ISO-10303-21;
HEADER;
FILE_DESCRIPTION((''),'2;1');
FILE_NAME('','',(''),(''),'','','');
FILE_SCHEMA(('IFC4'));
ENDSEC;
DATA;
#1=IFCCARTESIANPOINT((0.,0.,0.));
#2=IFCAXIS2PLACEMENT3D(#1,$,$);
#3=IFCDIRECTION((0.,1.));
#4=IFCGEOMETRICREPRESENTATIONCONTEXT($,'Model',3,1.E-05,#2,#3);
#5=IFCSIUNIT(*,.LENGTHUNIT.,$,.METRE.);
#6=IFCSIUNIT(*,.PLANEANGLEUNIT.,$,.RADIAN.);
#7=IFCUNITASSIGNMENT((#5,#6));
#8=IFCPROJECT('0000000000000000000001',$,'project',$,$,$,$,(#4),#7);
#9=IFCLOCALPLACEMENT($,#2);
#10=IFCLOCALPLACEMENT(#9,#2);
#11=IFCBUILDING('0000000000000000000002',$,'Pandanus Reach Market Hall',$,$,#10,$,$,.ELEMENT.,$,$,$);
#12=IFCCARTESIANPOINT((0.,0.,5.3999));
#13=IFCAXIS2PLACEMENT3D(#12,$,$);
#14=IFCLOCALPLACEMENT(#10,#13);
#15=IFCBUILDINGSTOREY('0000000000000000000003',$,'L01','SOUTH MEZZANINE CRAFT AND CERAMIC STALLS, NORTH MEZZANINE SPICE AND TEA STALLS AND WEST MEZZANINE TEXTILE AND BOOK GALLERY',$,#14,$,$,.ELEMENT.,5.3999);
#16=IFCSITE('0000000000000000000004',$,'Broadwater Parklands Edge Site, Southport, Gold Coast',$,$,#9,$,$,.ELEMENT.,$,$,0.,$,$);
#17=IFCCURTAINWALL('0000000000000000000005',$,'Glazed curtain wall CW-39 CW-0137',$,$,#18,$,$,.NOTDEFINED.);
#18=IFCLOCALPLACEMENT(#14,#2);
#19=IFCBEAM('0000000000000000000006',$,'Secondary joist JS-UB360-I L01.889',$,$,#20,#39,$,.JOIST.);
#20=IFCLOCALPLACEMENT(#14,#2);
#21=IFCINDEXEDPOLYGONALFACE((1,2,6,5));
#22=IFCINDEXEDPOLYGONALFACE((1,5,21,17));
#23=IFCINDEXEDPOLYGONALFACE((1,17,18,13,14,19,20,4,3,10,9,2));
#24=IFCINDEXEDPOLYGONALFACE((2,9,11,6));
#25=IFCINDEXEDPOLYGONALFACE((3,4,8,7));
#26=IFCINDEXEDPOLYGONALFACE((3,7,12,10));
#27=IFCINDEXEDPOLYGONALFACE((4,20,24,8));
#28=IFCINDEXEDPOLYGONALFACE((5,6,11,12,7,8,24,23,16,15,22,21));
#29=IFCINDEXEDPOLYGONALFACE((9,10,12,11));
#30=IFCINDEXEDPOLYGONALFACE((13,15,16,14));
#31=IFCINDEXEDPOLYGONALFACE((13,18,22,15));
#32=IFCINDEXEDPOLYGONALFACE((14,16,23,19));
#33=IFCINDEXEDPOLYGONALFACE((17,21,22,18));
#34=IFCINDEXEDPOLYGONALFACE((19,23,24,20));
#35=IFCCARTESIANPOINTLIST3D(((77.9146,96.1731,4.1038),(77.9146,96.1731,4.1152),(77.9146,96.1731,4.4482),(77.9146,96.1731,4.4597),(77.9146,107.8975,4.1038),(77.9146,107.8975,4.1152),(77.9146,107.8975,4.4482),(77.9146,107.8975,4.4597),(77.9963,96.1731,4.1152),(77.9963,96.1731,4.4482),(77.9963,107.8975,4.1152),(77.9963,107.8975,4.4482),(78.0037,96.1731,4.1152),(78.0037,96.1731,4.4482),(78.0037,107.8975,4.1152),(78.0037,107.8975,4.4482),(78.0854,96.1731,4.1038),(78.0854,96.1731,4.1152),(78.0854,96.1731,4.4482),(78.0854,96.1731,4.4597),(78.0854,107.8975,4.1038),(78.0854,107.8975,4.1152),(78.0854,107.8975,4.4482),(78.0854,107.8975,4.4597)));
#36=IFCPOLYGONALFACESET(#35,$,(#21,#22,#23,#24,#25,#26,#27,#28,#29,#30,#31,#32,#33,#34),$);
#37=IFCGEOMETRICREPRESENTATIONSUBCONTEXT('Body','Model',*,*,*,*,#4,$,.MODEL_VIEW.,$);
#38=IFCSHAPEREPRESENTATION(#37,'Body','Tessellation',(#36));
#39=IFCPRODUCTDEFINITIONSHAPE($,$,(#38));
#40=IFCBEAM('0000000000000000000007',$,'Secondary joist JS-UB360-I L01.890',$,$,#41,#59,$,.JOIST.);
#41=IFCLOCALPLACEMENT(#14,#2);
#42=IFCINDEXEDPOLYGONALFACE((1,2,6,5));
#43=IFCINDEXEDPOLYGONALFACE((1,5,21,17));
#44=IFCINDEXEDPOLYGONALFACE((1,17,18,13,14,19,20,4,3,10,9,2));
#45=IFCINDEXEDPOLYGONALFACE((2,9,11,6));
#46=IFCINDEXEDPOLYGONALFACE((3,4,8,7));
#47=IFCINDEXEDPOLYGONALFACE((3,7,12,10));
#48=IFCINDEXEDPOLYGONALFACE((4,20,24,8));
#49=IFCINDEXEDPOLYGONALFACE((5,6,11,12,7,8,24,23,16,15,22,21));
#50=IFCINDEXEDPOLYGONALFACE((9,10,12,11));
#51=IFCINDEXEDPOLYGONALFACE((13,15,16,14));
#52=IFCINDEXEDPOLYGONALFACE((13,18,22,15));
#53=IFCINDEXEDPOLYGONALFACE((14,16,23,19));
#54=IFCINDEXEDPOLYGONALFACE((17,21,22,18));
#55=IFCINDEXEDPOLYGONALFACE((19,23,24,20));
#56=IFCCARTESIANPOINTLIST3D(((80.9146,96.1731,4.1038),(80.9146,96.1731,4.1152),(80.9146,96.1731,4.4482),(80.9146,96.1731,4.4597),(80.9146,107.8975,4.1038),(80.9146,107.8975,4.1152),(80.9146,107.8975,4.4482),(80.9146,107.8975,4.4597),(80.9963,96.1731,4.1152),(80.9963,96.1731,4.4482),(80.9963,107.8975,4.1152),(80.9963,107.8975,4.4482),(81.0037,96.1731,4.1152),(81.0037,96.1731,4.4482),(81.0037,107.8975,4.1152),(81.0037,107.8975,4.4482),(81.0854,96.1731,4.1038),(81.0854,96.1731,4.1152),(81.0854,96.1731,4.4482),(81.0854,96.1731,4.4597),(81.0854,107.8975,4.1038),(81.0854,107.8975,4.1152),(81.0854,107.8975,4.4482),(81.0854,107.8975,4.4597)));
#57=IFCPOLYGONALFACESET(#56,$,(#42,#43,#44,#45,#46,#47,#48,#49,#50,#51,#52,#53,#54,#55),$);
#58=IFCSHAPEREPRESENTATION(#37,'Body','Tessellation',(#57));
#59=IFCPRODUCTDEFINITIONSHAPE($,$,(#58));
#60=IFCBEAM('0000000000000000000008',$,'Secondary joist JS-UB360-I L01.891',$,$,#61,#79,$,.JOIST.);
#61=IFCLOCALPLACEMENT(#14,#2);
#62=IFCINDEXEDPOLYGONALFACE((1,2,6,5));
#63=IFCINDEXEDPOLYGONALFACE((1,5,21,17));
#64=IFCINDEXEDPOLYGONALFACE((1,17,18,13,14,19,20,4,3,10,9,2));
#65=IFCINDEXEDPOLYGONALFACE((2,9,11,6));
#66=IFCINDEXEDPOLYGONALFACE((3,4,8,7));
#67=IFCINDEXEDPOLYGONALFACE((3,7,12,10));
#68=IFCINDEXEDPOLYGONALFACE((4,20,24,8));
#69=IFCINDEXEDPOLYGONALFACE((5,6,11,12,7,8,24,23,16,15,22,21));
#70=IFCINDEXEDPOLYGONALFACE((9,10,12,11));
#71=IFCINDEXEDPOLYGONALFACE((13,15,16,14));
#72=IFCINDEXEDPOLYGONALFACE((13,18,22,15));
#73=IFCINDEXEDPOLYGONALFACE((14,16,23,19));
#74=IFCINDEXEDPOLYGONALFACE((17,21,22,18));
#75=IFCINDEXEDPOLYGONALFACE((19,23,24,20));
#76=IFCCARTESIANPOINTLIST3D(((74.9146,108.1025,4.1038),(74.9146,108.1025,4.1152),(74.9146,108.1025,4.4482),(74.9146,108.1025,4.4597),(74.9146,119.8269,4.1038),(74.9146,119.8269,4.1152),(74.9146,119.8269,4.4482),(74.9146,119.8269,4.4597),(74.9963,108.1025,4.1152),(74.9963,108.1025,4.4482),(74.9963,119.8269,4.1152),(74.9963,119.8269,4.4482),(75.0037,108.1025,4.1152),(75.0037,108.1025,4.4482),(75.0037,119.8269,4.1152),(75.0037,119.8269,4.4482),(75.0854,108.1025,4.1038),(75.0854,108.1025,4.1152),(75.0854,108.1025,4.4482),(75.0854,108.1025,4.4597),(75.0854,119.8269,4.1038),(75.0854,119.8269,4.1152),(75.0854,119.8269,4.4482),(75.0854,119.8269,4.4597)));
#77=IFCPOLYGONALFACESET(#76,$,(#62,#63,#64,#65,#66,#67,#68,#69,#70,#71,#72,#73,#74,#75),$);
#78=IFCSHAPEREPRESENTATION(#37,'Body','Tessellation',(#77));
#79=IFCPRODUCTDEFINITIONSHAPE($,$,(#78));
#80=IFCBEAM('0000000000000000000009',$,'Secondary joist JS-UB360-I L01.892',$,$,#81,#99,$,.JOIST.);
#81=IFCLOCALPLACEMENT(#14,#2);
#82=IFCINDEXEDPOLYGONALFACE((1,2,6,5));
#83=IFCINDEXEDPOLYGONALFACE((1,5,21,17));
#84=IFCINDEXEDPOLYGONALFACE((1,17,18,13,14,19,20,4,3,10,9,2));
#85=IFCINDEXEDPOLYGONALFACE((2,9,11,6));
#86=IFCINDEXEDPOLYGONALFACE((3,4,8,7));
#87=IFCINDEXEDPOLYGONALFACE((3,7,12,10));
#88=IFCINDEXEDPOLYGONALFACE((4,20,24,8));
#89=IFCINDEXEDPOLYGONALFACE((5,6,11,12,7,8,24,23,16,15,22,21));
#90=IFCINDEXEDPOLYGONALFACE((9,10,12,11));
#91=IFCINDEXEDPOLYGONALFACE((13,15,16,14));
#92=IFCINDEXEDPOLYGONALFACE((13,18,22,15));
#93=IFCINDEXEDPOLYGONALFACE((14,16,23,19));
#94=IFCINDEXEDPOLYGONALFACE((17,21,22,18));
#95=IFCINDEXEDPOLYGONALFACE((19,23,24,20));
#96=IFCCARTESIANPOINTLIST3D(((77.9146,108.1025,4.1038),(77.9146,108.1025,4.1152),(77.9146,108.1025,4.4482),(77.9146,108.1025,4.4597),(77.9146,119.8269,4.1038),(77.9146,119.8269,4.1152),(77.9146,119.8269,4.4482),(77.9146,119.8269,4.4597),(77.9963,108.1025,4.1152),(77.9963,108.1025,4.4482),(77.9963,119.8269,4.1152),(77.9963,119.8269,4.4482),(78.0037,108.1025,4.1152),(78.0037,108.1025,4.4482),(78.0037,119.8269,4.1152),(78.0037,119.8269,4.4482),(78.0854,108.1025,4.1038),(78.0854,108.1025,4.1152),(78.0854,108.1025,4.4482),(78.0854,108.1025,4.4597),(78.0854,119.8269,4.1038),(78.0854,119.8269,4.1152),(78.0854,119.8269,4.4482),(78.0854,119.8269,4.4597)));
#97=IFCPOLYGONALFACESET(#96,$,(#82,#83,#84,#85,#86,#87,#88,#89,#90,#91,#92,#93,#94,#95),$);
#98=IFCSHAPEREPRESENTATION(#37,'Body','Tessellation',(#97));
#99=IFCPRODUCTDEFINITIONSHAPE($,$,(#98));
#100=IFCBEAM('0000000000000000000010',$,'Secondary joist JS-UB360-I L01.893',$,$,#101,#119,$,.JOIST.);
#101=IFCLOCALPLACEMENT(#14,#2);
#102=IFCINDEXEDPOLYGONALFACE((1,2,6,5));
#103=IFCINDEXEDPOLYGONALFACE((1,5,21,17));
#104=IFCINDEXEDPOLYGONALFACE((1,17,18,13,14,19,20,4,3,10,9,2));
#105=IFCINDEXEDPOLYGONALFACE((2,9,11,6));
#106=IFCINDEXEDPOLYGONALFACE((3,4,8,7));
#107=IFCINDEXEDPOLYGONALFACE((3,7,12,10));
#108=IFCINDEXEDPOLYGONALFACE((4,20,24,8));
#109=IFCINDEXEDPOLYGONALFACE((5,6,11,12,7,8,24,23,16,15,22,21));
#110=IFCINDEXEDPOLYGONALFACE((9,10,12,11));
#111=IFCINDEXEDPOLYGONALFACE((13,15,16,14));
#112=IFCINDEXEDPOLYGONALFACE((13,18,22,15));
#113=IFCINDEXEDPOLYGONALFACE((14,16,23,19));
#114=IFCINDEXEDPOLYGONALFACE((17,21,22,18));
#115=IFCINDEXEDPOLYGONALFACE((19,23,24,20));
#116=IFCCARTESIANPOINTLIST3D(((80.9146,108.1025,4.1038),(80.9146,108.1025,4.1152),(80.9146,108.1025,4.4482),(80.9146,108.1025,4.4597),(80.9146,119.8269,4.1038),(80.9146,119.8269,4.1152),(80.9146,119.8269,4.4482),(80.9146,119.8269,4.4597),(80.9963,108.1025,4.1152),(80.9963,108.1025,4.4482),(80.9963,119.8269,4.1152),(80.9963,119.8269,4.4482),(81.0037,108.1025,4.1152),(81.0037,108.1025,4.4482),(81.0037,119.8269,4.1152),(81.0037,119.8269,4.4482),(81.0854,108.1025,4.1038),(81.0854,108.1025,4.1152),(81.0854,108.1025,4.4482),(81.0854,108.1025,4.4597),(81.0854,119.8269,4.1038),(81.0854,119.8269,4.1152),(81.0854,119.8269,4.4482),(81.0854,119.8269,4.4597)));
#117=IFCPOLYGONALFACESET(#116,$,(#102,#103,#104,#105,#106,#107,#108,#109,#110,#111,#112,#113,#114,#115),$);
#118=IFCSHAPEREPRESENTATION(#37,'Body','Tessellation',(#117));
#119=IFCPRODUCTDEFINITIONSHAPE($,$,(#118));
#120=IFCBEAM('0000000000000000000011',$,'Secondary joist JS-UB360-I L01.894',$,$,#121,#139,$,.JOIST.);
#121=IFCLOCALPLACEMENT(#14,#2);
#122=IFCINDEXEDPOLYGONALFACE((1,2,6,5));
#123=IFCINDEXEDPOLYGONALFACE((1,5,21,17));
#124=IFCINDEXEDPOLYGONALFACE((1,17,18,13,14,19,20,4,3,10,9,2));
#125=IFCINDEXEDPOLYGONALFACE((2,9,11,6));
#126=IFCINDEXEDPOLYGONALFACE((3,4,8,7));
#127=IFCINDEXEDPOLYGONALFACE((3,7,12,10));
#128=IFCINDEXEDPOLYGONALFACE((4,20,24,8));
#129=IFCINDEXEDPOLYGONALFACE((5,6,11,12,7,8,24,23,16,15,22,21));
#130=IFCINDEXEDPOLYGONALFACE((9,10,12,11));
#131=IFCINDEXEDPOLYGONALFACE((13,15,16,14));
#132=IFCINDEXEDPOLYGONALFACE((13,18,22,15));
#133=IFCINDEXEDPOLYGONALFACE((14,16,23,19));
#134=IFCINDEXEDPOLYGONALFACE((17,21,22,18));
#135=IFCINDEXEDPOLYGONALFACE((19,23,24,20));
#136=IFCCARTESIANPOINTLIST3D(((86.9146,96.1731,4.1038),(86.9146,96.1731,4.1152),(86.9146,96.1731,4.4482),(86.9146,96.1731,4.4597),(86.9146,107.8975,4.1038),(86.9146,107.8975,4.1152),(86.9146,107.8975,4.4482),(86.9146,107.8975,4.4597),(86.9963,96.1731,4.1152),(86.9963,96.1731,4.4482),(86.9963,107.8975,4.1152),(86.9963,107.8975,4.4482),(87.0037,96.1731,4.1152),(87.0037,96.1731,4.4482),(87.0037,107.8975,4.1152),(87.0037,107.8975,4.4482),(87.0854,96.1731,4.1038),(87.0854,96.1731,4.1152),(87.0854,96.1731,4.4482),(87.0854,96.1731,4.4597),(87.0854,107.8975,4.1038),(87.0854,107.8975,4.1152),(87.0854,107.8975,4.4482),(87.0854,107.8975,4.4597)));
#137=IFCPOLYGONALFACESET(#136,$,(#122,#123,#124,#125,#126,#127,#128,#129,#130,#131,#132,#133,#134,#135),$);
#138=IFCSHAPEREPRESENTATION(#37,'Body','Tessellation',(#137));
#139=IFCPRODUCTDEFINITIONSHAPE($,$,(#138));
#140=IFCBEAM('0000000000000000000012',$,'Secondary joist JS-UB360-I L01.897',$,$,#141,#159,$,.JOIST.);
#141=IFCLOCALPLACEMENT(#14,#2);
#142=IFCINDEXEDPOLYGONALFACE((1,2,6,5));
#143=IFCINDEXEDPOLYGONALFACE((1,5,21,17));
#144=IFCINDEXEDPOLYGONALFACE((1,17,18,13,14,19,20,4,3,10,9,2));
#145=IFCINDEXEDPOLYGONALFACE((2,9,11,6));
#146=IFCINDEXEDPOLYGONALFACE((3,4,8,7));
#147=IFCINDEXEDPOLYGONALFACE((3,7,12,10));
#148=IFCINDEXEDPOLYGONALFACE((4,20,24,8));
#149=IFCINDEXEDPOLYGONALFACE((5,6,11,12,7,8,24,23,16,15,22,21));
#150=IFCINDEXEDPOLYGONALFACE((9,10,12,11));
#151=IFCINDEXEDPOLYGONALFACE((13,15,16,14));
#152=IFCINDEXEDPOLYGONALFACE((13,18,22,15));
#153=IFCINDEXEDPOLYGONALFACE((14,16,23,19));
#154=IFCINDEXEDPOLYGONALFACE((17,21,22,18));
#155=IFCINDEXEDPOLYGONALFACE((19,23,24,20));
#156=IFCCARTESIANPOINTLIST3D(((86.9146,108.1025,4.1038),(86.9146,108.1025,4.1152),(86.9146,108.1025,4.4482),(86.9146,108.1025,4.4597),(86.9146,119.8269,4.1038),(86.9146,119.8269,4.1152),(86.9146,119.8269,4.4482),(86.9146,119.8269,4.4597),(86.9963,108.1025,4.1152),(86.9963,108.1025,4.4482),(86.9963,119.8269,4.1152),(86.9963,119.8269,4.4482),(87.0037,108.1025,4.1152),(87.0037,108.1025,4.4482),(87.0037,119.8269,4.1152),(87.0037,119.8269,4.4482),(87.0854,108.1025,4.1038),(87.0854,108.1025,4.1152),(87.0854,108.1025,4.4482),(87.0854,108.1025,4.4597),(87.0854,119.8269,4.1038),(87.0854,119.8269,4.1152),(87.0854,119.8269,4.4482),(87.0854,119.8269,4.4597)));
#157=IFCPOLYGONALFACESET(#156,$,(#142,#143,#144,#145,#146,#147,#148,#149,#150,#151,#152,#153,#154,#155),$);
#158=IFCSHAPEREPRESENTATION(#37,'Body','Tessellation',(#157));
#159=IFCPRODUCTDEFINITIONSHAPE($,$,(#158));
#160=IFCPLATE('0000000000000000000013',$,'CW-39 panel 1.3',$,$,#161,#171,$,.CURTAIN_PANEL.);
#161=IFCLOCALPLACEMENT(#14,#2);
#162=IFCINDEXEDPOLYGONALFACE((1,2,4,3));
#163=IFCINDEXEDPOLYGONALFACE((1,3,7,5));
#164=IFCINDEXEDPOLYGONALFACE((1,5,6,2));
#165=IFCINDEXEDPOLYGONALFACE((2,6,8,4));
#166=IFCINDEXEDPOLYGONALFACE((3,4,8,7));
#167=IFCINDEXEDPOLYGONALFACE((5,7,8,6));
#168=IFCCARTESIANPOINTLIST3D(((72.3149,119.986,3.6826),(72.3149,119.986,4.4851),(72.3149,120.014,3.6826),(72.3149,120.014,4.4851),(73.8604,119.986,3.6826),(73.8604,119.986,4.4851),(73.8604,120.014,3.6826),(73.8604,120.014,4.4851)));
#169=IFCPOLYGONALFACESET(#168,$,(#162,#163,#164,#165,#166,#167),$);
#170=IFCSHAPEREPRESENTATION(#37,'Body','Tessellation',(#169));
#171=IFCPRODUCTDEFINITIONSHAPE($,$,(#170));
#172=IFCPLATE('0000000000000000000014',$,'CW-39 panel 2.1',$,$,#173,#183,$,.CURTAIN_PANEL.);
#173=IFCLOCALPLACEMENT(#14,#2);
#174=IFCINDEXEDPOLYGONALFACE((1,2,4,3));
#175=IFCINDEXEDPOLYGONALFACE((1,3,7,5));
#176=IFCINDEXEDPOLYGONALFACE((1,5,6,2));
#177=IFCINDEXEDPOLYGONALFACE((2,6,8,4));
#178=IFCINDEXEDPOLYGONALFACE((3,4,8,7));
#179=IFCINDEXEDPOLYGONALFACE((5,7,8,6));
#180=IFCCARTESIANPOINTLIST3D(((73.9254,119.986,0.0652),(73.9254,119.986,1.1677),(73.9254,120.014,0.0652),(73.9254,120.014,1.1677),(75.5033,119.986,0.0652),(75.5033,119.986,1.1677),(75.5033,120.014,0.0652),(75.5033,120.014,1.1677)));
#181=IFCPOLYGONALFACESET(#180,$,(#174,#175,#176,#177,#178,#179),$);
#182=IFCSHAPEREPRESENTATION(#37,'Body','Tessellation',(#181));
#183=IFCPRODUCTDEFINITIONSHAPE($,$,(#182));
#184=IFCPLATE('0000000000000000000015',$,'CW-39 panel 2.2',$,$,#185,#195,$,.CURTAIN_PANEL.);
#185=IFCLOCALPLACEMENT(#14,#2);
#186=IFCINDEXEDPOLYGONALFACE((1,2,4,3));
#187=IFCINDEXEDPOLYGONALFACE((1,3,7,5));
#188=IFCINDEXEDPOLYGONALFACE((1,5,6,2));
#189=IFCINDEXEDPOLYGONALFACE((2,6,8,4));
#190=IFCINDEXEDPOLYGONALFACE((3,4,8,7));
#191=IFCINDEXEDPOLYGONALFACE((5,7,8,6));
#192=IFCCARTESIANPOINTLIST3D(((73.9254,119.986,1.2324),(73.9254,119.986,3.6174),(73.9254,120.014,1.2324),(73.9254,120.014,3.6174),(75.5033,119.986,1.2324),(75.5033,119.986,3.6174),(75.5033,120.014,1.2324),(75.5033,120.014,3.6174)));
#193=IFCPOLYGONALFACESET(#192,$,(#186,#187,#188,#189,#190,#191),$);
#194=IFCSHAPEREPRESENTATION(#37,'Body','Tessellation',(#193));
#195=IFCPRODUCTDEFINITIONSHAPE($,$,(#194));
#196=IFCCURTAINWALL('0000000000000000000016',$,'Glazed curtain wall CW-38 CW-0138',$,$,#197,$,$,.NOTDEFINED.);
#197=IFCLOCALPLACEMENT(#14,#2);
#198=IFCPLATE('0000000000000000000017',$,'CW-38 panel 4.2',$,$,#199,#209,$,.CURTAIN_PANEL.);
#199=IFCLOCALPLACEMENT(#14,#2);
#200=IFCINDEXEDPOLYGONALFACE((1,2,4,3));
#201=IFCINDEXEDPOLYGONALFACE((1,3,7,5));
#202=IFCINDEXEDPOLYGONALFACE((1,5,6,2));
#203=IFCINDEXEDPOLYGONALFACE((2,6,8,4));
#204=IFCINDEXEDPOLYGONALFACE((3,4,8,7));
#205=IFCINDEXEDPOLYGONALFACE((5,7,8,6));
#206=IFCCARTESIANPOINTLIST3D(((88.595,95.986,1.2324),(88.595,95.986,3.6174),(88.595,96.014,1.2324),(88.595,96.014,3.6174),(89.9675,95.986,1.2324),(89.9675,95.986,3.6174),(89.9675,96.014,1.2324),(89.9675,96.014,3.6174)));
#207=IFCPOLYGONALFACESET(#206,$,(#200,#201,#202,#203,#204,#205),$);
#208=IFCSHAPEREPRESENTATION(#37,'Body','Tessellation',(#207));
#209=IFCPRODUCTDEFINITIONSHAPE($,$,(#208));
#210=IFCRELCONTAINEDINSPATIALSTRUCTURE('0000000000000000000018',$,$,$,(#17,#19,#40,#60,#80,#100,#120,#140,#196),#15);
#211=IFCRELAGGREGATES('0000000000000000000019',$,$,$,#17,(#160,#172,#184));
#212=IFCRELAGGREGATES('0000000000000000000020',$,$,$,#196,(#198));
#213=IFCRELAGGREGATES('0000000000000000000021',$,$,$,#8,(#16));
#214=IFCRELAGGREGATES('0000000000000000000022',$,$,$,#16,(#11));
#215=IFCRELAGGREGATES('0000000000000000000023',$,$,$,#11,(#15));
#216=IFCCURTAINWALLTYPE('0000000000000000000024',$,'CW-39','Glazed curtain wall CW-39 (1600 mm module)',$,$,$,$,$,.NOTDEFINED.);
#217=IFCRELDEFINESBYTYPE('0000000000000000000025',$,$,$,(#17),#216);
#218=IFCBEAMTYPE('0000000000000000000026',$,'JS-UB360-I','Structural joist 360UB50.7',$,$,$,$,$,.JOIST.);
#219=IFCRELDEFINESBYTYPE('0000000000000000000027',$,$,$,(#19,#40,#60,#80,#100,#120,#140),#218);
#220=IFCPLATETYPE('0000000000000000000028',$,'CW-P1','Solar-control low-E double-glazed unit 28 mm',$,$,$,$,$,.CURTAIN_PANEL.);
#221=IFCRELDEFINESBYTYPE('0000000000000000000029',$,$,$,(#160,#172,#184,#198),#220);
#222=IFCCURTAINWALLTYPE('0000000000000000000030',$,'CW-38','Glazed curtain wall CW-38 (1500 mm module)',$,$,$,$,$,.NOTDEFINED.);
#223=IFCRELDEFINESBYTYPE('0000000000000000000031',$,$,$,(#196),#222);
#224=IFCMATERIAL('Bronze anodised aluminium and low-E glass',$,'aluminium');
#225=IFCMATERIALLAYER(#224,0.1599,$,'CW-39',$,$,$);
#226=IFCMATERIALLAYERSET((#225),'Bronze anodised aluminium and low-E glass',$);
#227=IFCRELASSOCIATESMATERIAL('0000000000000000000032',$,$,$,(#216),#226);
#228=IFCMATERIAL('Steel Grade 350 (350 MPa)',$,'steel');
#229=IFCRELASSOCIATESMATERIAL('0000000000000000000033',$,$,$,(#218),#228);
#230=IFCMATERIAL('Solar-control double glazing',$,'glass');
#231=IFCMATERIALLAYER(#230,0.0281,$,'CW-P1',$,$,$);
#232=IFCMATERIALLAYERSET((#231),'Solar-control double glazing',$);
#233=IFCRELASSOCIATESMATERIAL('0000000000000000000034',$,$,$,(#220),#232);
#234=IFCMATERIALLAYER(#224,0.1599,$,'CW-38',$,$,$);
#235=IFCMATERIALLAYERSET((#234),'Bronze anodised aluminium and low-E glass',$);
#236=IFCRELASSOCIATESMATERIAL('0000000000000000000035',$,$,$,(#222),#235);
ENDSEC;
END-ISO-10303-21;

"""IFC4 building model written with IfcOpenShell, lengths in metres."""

from ifc_helpers import new_model, si_unit, direction, frame, origin, origin_2d, place, context, subcontext, project, spatial, rectangle, i_section, extrude, material, layer, layer_set, material_profile, profile_set, type_object, element, aggregate, save


model = new_model("IFC4")

# Units and contexts
model_context = context("Model", 3, precision=1e-05, world=origin(), true_north=direction((0.0, 1.0)))
body_context = subcontext(model_context, "Body", "Model", "MODEL_VIEW")
ifc_project = project(units=[si_unit("LENGTHUNIT", "METRE"), si_unit("PLANEANGLEUNIT", "RADIAN")], contexts=[model_context])

# Site, building, storey
site_placement = place(None, origin())
site = spatial("IfcSite", under=ifc_project, at=site_placement, Name="Broadwater Parklands Edge Site, Southport, Gold Coast", CompositionType="ELEMENT", RefElevation=0.0)
building_placement = place(site_placement, origin())
building = spatial("IfcBuilding", under=site, at=building_placement, Name="Pandanus Reach Market Hall", CompositionType="ELEMENT")
storey_placement = place(building_placement, frame((0.0, 0.0, 5.3999)))
storey = spatial("IfcBuildingStorey", under=building, at=storey_placement, Name="L01", Description="SOUTH MEZZANINE CRAFT AND CERAMIC STALLS, NORTH MEZZANINE SPICE AND TEA STALLS AND WEST MEZZANINE TEXTILE AND BOOK GALLERY", CompositionType="ELEMENT", Elevation=5.3999)

# Shared definitions
ifc_material_1 = material(Name="Steel Grade 350 (350 MPa)", Category="steel")

# Curtain wall
ifc_material_2 = material(Name="Bronze anodised aluminium and low-E glass", Category="aluminium")
ifc_layer_1 = layer(ifc_material_2, 0.1599, Name="CW-39")
ifc_layer_set_1 = layer_set([ifc_layer_1], Name="Bronze anodised aluminium and low-E glass")
curtain_wall_type_1 = type_object("IfcCurtainWallType", Name="CW-39", Description="Glazed curtain wall CW-39 (1600 mm module)", PredefinedType="NOTDEFINED", material=ifc_layer_set_1)
curtain_wall_1_placement = place(storey_placement, origin())
curtain_wall_1 = element("IfcCurtainWall", 1, at=curtain_wall_1_placement, inside=storey, type_object=curtain_wall_type_1, Name="Glazed curtain wall CW-39 CW-0137", PredefinedType="NOTDEFINED")

# Beams
ifc_material_profile_1 = material_profile(ifc_material_1, i_section(OverallWidth=0.1709, OverallDepth=0.356, WebThickness=0.0073, FlangeThickness=0.0115, at=origin_2d()), Name="360UB50.7", Category="LoadBearing")
ifc_profile_set_1 = profile_set([ifc_material_profile_1], Name="Steel Grade 350 (350 MPa)")
beam_type_1 = type_object("IfcBeamType", Name="JS-UB360-I", Description="Structural joist 360UB50.7", PredefinedType="JOIST", material=ifc_profile_set_1)
for number, where, z_axis, x_axis, name in (
    (2, (78.0, 96.1731, 4.2817), (0.0, 1.0, 0.0), (-1.0, 0.0, 0.0), "Secondary joist JS-UB360-I L01.889"),
    (3, (81.0, 96.1731, 4.2817), (0.0, 1.0, 0.0), (-1.0, 0.0, 0.0), "Secondary joist JS-UB360-I L01.890"),
    (4, (75.0, 108.1025, 4.2817), (0.0, 1.0, 0.0), (-1.0, 0.0, 0.0), "Secondary joist JS-UB360-I L01.891"),
    (5, (78.0, 108.1025, 4.2817), (0.0, 1.0, 0.0), (-1.0, 0.0, 0.0), "Secondary joist JS-UB360-I L01.892"),
    (6, (81.0, 108.1025, 4.2817), (0.0, 1.0, 0.0), (-1.0, 0.0, 0.0), "Secondary joist JS-UB360-I L01.893"),
    (7, (87.0, 96.1731, 4.2817), (0.0, 1.0, 0.0), (-1.0, 0.0, 0.0), "Secondary joist JS-UB360-I L01.894"),
    (8, (87.0, 108.1025, 4.2817), (0.0, 1.0, 0.0), (-1.0, 0.0, 0.0), "Secondary joist JS-UB360-I L01.897"),
):
    element("IfcBeam", number, at=place(storey_placement, frame(where, z_axis=z_axis, x_axis=x_axis)), inside=storey, type_object=beam_type_1, Name=name, PredefinedType="JOIST", context=body_context, shape_type="SweptSolid", body=[
        extrude(i_section(OverallWidth=0.1709, OverallDepth=0.356, WebThickness=0.0073, FlangeThickness=0.0115, at=origin_2d()), origin(), (0.0, 0.0, 1.0), 11.7244),
    ])

# Plates
ifc_material_3 = material(Name="Solar-control double glazing", Category="glass")
ifc_layer_2 = layer(ifc_material_3, 0.0281, Name="CW-P1")
ifc_layer_set_2 = layer_set([ifc_layer_2], Name="Solar-control double glazing")
plate_type = type_object("IfcPlateType", Name="CW-P1", Description="Solar-control low-E double-glazed unit 28 mm", PredefinedType="CURTAIN_PANEL", material=ifc_layer_set_2)
plate_1_placement = place(storey_placement, frame((73.0876, 120.0, 3.6826), z_axis=(0.0, 0.0, 1.0), x_axis=(1.0, 0.0, 0.0)))
plate_1 = element("IfcPlate", 9, at=plate_1_placement, type_object=plate_type, Name="CW-39 panel 1.3", PredefinedType="CURTAIN_PANEL", context=body_context, shape_type="SweptSolid", body=[
    extrude(rectangle(XDim=1.5454, YDim=0.0281, at=origin_2d()), origin(), (0.0, 0.0, 1.0), 0.8025),
])
plate_2_placement = place(storey_placement, frame((74.7144, 120.0, 0.0652), z_axis=(0.0, 0.0, 1.0), x_axis=(1.0, 0.0, 0.0)))
plate_2 = element("IfcPlate", 10, at=plate_2_placement, type_object=plate_type, Name="CW-39 panel 2.1", PredefinedType="CURTAIN_PANEL", context=body_context, shape_type="SweptSolid", body=[
    extrude(rectangle(XDim=1.5779, YDim=0.0281, at=origin_2d()), origin(), (0.0, 0.0, 1.0), 1.1025),
])
plate_3_placement = place(storey_placement, frame((74.7144, 120.0, 1.2324), z_axis=(0.0, 0.0, 1.0), x_axis=(1.0, 0.0, 0.0)))
plate_3 = element("IfcPlate", 11, at=plate_3_placement, type_object=plate_type, Name="CW-39 panel 2.2", PredefinedType="CURTAIN_PANEL", context=body_context, shape_type="SweptSolid", body=[
    extrude(rectangle(XDim=1.5779, YDim=0.0281, at=origin_2d()), origin(), (0.0, 0.0, 1.0), 2.385),
])
aggregate(curtain_wall_1, [plate_1, plate_2, plate_3])

# Curtain wall, plate
ifc_layer_3 = layer(ifc_material_2, 0.1599, Name="CW-38")
ifc_layer_set_3 = layer_set([ifc_layer_3], Name="Bronze anodised aluminium and low-E glass")
curtain_wall_type_2 = type_object("IfcCurtainWallType", Name="CW-38", Description="Glazed curtain wall CW-38 (1500 mm module)", PredefinedType="NOTDEFINED", material=ifc_layer_set_3)
curtain_wall_2_placement = place(storey_placement, origin())
curtain_wall_2 = element("IfcCurtainWall", 12, at=curtain_wall_2_placement, inside=storey, type_object=curtain_wall_type_2, Name="Glazed curtain wall CW-38 CW-0138", PredefinedType="NOTDEFINED")
plate_4_placement = place(storey_placement, frame((89.2812, 96.0, 1.2324), z_axis=(0.0, 0.0, 1.0), x_axis=(1.0, 0.0, 0.0)))
plate_4 = element("IfcPlate", 13, at=plate_4_placement, type_object=plate_type, Name="CW-38 panel 4.2", PredefinedType="CURTAIN_PANEL", context=body_context, shape_type="SweptSolid", body=[
    extrude(rectangle(XDim=1.3726, YDim=0.0281, at=origin_2d()), origin(), (0.0, 0.0, 1.0), 2.385),
])
aggregate(curtain_wall_2, [plate_4])

save(model, "model.ifc")
